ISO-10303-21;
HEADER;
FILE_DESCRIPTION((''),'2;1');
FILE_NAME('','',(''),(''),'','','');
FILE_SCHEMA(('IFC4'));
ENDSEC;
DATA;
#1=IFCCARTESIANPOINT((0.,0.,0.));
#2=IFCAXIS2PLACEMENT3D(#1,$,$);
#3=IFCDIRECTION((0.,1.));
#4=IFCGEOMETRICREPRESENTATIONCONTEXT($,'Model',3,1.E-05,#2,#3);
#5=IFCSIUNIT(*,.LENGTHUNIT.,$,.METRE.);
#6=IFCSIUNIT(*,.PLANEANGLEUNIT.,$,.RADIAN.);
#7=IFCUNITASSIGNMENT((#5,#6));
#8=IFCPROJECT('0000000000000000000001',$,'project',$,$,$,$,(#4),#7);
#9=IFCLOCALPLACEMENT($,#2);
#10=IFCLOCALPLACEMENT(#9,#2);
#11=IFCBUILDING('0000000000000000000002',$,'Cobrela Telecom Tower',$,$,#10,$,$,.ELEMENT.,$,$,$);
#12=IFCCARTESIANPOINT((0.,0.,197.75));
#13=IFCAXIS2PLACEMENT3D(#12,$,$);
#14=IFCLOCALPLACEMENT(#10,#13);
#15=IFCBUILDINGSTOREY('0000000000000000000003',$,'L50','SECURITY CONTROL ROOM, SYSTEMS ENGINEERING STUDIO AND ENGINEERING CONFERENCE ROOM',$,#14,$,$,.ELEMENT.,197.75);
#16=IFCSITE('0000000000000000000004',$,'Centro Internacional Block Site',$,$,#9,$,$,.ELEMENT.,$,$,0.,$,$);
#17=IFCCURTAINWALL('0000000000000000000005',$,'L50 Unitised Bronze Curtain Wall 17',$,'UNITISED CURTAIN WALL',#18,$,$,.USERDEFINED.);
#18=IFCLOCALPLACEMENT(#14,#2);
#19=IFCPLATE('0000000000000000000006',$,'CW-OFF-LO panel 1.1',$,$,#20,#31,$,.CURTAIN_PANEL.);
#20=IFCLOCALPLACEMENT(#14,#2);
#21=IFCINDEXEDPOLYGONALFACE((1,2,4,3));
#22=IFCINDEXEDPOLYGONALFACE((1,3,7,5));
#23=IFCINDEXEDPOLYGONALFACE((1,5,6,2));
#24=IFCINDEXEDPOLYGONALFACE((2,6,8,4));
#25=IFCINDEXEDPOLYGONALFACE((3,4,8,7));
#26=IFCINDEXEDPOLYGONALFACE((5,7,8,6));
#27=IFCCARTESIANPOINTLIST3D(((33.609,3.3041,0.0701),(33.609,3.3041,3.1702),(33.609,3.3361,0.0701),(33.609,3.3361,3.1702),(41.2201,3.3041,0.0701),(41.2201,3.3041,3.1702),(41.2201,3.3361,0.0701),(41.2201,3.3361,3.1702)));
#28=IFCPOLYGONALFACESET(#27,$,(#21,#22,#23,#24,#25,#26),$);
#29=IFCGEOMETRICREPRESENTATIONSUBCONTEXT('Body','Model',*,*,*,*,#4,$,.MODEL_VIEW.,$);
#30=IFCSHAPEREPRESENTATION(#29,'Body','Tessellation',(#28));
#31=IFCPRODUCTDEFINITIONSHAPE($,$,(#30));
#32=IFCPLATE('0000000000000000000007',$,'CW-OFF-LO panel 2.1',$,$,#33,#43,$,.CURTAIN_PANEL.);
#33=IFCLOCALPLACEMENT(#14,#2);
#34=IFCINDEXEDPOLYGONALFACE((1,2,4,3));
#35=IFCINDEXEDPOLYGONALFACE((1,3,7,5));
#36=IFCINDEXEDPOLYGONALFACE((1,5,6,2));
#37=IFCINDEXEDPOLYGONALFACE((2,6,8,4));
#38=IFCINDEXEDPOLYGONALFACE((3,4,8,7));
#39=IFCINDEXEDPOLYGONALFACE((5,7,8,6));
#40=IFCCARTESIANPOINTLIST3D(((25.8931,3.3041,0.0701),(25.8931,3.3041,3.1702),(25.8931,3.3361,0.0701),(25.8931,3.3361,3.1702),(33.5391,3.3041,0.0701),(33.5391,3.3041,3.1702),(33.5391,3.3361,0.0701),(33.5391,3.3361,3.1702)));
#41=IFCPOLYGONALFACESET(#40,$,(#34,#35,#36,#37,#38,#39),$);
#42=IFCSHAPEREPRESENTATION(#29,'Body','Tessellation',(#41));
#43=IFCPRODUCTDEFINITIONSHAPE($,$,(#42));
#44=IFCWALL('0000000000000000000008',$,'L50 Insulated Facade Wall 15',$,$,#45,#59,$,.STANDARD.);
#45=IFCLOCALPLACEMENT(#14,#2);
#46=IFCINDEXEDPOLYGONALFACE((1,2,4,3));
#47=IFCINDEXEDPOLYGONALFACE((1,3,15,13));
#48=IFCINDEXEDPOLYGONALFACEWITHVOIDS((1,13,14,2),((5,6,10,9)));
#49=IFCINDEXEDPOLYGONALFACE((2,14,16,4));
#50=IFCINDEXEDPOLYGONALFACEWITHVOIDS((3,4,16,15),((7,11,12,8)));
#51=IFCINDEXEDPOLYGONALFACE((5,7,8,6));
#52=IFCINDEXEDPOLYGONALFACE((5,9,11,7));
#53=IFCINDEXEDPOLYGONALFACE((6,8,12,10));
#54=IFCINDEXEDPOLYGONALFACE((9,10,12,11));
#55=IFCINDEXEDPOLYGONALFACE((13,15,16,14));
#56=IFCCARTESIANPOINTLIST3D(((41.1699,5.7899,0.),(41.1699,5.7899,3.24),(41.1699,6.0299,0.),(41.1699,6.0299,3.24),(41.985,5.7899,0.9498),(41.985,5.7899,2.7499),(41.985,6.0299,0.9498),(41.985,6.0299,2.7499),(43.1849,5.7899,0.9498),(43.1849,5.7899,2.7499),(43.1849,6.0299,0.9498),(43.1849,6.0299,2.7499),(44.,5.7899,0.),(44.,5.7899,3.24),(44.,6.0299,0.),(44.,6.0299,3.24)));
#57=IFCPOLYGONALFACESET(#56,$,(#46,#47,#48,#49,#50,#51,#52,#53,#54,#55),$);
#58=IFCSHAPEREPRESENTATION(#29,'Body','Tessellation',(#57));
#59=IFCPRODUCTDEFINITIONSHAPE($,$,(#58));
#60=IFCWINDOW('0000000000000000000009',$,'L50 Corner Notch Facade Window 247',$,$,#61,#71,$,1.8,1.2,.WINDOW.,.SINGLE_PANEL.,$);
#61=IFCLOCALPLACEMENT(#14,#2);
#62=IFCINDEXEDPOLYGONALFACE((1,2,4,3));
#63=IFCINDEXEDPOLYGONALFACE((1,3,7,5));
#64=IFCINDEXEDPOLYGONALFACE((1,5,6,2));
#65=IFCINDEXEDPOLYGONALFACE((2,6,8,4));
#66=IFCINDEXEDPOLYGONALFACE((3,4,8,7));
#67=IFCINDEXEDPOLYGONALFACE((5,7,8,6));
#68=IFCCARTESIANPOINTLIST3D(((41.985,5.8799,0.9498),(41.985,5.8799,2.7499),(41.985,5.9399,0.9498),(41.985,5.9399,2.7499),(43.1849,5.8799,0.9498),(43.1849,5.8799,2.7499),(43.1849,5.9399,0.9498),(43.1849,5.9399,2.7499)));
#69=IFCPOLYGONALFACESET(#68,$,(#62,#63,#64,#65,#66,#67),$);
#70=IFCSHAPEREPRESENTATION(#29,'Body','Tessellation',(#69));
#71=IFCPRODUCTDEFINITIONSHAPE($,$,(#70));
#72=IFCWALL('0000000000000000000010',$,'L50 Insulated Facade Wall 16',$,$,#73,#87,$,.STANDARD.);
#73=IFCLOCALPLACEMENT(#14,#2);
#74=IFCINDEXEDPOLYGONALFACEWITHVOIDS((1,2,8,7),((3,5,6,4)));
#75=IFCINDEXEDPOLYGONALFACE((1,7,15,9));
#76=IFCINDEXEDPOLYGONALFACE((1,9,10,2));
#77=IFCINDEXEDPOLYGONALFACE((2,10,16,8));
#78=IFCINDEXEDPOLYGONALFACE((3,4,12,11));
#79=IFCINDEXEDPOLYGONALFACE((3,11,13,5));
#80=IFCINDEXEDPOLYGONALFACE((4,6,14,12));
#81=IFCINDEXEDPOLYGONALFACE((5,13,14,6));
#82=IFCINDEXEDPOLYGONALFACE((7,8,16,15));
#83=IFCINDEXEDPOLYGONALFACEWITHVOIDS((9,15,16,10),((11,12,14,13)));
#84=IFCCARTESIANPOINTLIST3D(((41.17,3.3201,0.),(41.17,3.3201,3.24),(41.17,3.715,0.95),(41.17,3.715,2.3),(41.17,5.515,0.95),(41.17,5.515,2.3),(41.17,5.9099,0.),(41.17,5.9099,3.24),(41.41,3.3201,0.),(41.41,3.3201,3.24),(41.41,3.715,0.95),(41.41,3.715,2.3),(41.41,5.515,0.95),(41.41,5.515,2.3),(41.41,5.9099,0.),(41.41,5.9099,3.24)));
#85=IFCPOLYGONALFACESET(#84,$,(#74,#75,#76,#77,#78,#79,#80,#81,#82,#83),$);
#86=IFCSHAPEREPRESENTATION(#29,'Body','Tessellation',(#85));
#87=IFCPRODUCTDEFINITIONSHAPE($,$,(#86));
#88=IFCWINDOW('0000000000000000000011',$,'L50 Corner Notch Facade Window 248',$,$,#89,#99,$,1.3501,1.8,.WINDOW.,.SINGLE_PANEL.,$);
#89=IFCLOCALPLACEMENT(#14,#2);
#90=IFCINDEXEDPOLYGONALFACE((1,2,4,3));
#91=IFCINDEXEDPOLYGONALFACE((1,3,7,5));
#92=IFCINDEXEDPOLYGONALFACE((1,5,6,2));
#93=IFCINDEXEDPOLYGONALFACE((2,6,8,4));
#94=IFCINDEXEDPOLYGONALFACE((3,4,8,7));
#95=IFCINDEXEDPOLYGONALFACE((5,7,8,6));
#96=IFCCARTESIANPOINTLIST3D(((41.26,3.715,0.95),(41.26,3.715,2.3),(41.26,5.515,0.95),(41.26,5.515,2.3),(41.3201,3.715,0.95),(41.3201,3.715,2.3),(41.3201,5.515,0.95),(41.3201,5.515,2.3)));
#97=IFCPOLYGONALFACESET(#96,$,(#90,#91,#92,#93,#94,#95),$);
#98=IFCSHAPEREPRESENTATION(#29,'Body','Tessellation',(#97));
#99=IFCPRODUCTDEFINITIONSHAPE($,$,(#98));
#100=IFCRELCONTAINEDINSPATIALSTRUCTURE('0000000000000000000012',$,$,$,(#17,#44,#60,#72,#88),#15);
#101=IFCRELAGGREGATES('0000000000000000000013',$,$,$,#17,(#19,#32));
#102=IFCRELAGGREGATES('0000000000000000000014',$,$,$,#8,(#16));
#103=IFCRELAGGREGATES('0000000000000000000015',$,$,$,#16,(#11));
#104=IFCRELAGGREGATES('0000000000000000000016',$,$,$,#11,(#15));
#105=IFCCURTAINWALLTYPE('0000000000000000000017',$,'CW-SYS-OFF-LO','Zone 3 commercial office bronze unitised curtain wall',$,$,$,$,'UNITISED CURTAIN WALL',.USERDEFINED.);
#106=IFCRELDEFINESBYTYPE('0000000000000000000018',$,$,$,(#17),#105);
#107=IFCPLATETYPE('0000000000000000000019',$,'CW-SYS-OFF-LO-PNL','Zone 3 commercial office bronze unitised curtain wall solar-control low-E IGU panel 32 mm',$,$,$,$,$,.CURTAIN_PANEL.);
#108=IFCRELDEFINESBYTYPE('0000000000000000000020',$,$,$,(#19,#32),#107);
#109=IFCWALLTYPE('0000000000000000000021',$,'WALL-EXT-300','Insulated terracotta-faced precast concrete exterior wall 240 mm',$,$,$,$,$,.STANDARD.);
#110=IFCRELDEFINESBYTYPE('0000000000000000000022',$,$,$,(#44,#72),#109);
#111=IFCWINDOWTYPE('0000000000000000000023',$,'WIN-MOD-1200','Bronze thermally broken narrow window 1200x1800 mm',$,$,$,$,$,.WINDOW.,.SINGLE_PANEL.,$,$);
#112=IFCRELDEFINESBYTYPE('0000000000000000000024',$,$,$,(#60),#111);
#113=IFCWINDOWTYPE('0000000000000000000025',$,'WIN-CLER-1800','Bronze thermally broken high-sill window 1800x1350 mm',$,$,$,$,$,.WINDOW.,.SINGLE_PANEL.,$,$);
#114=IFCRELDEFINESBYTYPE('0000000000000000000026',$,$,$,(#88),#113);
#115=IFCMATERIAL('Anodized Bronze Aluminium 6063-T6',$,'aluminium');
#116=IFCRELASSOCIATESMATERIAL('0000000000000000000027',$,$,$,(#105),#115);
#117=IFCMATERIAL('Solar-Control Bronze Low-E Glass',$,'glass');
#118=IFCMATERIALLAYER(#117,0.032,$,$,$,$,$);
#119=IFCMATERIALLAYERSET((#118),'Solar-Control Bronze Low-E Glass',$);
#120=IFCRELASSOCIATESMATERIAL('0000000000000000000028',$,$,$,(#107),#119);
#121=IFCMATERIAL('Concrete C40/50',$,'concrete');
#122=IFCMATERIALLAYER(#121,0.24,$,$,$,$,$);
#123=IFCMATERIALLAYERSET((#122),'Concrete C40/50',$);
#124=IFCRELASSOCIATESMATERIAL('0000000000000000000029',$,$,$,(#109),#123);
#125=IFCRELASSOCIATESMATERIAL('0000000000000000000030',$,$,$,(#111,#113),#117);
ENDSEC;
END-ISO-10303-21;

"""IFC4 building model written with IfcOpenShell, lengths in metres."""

from ifc_helpers import new_model, si_unit, direction, frame, frame_2d, origin, origin_2d, place, context, subcontext, project, spatial, rectangle, extrude, material, layer, layer_set, type_object, element, fill, aggregate, save


model = new_model("IFC4")

# Units and contexts
model_context = context("Model", 3, precision=1e-05, world=origin(), true_north=direction((0.0, 1.0)))
body_context = subcontext(model_context, "Body", "Model", "MODEL_VIEW")
ifc_project = project(units=[si_unit("LENGTHUNIT", "METRE"), si_unit("PLANEANGLEUNIT", "RADIAN")], contexts=[model_context])

# Site, building, storey
site_placement = place(None, origin())
site = spatial("IfcSite", under=ifc_project, at=site_placement, Name="Centro Internacional Block Site", CompositionType="ELEMENT", RefElevation=0.0)
building_placement = place(site_placement, origin())
building = spatial("IfcBuilding", under=site, at=building_placement, Name="Cobrela Telecom Tower", CompositionType="ELEMENT")
storey_placement = place(building_placement, frame((0.0, 0.0, 197.75)))
storey = spatial("IfcBuildingStorey", under=building, at=storey_placement, Name="L50", Description="SECURITY CONTROL ROOM, SYSTEMS ENGINEERING STUDIO AND ENGINEERING CONFERENCE ROOM", CompositionType="ELEMENT", Elevation=197.75)

# Curtain wall
ifc_material_1 = material(Name="Anodized Bronze Aluminium 6063-T6", Category="aluminium")
curtain_wall_type = type_object("IfcCurtainWallType", Name="CW-SYS-OFF-LO", Description="Zone 3 commercial office bronze unitised curtain wall", ElementType="UNITISED CURTAIN WALL", PredefinedType="USERDEFINED", material=ifc_material_1)
curtain_wall_1_placement = place(storey_placement, origin())
curtain_wall_1 = element("IfcCurtainWall", 1, at=curtain_wall_1_placement, inside=storey, type_object=curtain_wall_type, Name="L50 Unitised Bronze Curtain Wall 17", ObjectType="UNITISED CURTAIN WALL", PredefinedType="USERDEFINED")

# Plates
ifc_material_2 = material(Name="Solar-Control Bronze Low-E Glass", Category="glass")
ifc_layer_1 = layer(ifc_material_2, 0.032)
ifc_layer_set_1 = layer_set([ifc_layer_1], Name="Solar-Control Bronze Low-E Glass")
plate_type = type_object("IfcPlateType", Name="CW-SYS-OFF-LO-PNL", Description="Zone 3 commercial office bronze unitised curtain wall solar-control low-E IGU panel 32 mm", PredefinedType="CURTAIN_PANEL", material=ifc_layer_set_1)
plate_1_placement = place(storey_placement, frame((37.4146, 3.3201, 0.0701), z_axis=(0.0, 0.0, 1.0), x_axis=(-1.0, 0.0, 0.0)))
plate_1 = element("IfcPlate", 2, at=plate_1_placement, type_object=plate_type, Name="CW-OFF-LO panel 1.1", PredefinedType="CURTAIN_PANEL", context=body_context, shape_type="SweptSolid", body=[
    extrude(rectangle(XDim=7.6111, YDim=0.032, at=origin_2d()), origin(), (0.0, 0.0, 1.0), 3.1001),
])
plate_2_placement = place(storey_placement, frame((29.7161, 3.3201, 0.0701), z_axis=(0.0, 0.0, 1.0), x_axis=(-1.0, 0.0, 0.0)))
plate_2 = element("IfcPlate", 3, at=plate_2_placement, type_object=plate_type, Name="CW-OFF-LO panel 2.1", PredefinedType="CURTAIN_PANEL", context=body_context, shape_type="SweptSolid", body=[
    extrude(rectangle(XDim=7.646, YDim=0.032, at=origin_2d()), origin(), (0.0, 0.0, 1.0), 3.1001),
])
aggregate(curtain_wall_1, [plate_1, plate_2])

# Walls, openings, windows
ifc_material_3 = material(Name="Concrete C40/50", Category="concrete")
ifc_layer_2 = layer(ifc_material_3, 0.24)
ifc_layer_set_2 = layer_set([ifc_layer_2], Name="Concrete C40/50")
wall_type = type_object("IfcWallType", Name="WALL-EXT-300", Description="Insulated terracotta-faced precast concrete exterior wall 240 mm", PredefinedType="STANDARD", material=ifc_layer_set_2)
wall_1_placement = place(storey_placement, frame((44.0, 5.9099, 0.0), z_axis=(0.0, 0.0, 1.0), x_axis=(-1.0, 0.0, 0.0)))
wall_1 = element("IfcWall", 4, at=wall_1_placement, inside=storey, type_object=wall_type, Name="L50 Insulated Facade Wall 15", PredefinedType="STANDARD", context=body_context, shape_type="SweptSolid", body=[
    extrude(rectangle(XDim=2.8301, YDim=0.24, at=frame_2d((1.415, 0.0))), origin(), (0.0, 0.0, 1.0), 3.24),
])
opening_1_placement = place(wall_1_placement, frame((0.8149, 0.0, 0.95)))
opening_1 = element("IfcOpeningElement", 5, at=opening_1_placement, cuts=wall_1, PredefinedType="OPENING", context=body_context, shape_type="SweptSolid", body=[
    extrude(rectangle(XDim=1.2, YDim=1.8, at=frame_2d((0.6001, 0.8999))), frame((0.0, 0.1318, 0.0), z_axis=(0.0, -1.0, 0.0), x_axis=(1.0, 0.0, 0.0)), (0.0, 0.0, 1.0), 0.2639),
])
window_type_1 = type_object("IfcWindowType", Name="WIN-MOD-1200", Description="Bronze thermally broken narrow window 1200x1800 mm", PartitioningType="SINGLE_PANEL", PredefinedType="WINDOW", material=ifc_material_2)
window_1_placement = place(opening_1_placement, origin())
window_1 = element("IfcWindow", 6, at=window_1_placement, inside=storey, type_object=window_type_1, Name="L50 Corner Notch Facade Window 247", OverallHeight=1.8, OverallWidth=1.2, PartitioningType="SINGLE_PANEL", PredefinedType="WINDOW", context=body_context, shape_type="SweptSolid", body=[
    extrude(rectangle(XDim=1.2, YDim=1.8, at=frame_2d((0.6001, 0.8999))), frame((0.0, 0.03, 0.0), z_axis=(0.0, -1.0, 0.0), x_axis=(1.0, 0.0, 0.0)), (0.0, 0.0, 1.0), 0.0601),
])
fill(opening_1, window_1)
wall_2_placement = place(storey_placement, frame((41.29, 5.9099, 0.0), z_axis=(0.0, 0.0, 1.0), x_axis=(0.0, -1.0, 0.0)))
wall_2 = element("IfcWall", 7, at=wall_2_placement, inside=storey, type_object=wall_type, Name="L50 Insulated Facade Wall 16", PredefinedType="STANDARD", context=body_context, shape_type="SweptSolid", body=[
    extrude(rectangle(XDim=2.5898, YDim=0.24, at=frame_2d((1.2949, 0.0))), origin(), (0.0, 0.0, 1.0), 3.24),
])
opening_2_placement = place(wall_2_placement, frame((0.395, 0.0, 0.95)))
opening_2 = element("IfcOpeningElement", 8, at=opening_2_placement, cuts=wall_2, PredefinedType="OPENING", context=body_context, shape_type="SweptSolid", body=[
    extrude(rectangle(XDim=1.8, YDim=1.3501, at=frame_2d((0.8999, 0.675))), frame((0.0, 0.1318, 0.0), z_axis=(0.0, -1.0, 0.0), x_axis=(1.0, 0.0, 0.0)), (0.0, 0.0, 1.0), 0.2639),
])
window_type_2 = type_object("IfcWindowType", Name="WIN-CLER-1800", Description="Bronze thermally broken high-sill window 1800x1350 mm", PartitioningType="SINGLE_PANEL", PredefinedType="WINDOW", material=ifc_material_2)
window_2_placement = place(opening_2_placement, origin())
window_2 = element("IfcWindow", 9, at=window_2_placement, inside=storey, type_object=window_type_2, Name="L50 Corner Notch Facade Window 248", OverallHeight=1.3501, OverallWidth=1.8, PartitioningType="SINGLE_PANEL", PredefinedType="WINDOW", context=body_context, shape_type="SweptSolid", body=[
    extrude(rectangle(XDim=1.8, YDim=1.3501, at=frame_2d((0.8999, 0.675))), frame((0.0, 0.03, 0.0), z_axis=(0.0, -1.0, 0.0), x_axis=(1.0, 0.0, 0.0)), (0.0, 0.0, 1.0), 0.0601),
])
fill(opening_2, window_2)

save(model, "model.ifc")
